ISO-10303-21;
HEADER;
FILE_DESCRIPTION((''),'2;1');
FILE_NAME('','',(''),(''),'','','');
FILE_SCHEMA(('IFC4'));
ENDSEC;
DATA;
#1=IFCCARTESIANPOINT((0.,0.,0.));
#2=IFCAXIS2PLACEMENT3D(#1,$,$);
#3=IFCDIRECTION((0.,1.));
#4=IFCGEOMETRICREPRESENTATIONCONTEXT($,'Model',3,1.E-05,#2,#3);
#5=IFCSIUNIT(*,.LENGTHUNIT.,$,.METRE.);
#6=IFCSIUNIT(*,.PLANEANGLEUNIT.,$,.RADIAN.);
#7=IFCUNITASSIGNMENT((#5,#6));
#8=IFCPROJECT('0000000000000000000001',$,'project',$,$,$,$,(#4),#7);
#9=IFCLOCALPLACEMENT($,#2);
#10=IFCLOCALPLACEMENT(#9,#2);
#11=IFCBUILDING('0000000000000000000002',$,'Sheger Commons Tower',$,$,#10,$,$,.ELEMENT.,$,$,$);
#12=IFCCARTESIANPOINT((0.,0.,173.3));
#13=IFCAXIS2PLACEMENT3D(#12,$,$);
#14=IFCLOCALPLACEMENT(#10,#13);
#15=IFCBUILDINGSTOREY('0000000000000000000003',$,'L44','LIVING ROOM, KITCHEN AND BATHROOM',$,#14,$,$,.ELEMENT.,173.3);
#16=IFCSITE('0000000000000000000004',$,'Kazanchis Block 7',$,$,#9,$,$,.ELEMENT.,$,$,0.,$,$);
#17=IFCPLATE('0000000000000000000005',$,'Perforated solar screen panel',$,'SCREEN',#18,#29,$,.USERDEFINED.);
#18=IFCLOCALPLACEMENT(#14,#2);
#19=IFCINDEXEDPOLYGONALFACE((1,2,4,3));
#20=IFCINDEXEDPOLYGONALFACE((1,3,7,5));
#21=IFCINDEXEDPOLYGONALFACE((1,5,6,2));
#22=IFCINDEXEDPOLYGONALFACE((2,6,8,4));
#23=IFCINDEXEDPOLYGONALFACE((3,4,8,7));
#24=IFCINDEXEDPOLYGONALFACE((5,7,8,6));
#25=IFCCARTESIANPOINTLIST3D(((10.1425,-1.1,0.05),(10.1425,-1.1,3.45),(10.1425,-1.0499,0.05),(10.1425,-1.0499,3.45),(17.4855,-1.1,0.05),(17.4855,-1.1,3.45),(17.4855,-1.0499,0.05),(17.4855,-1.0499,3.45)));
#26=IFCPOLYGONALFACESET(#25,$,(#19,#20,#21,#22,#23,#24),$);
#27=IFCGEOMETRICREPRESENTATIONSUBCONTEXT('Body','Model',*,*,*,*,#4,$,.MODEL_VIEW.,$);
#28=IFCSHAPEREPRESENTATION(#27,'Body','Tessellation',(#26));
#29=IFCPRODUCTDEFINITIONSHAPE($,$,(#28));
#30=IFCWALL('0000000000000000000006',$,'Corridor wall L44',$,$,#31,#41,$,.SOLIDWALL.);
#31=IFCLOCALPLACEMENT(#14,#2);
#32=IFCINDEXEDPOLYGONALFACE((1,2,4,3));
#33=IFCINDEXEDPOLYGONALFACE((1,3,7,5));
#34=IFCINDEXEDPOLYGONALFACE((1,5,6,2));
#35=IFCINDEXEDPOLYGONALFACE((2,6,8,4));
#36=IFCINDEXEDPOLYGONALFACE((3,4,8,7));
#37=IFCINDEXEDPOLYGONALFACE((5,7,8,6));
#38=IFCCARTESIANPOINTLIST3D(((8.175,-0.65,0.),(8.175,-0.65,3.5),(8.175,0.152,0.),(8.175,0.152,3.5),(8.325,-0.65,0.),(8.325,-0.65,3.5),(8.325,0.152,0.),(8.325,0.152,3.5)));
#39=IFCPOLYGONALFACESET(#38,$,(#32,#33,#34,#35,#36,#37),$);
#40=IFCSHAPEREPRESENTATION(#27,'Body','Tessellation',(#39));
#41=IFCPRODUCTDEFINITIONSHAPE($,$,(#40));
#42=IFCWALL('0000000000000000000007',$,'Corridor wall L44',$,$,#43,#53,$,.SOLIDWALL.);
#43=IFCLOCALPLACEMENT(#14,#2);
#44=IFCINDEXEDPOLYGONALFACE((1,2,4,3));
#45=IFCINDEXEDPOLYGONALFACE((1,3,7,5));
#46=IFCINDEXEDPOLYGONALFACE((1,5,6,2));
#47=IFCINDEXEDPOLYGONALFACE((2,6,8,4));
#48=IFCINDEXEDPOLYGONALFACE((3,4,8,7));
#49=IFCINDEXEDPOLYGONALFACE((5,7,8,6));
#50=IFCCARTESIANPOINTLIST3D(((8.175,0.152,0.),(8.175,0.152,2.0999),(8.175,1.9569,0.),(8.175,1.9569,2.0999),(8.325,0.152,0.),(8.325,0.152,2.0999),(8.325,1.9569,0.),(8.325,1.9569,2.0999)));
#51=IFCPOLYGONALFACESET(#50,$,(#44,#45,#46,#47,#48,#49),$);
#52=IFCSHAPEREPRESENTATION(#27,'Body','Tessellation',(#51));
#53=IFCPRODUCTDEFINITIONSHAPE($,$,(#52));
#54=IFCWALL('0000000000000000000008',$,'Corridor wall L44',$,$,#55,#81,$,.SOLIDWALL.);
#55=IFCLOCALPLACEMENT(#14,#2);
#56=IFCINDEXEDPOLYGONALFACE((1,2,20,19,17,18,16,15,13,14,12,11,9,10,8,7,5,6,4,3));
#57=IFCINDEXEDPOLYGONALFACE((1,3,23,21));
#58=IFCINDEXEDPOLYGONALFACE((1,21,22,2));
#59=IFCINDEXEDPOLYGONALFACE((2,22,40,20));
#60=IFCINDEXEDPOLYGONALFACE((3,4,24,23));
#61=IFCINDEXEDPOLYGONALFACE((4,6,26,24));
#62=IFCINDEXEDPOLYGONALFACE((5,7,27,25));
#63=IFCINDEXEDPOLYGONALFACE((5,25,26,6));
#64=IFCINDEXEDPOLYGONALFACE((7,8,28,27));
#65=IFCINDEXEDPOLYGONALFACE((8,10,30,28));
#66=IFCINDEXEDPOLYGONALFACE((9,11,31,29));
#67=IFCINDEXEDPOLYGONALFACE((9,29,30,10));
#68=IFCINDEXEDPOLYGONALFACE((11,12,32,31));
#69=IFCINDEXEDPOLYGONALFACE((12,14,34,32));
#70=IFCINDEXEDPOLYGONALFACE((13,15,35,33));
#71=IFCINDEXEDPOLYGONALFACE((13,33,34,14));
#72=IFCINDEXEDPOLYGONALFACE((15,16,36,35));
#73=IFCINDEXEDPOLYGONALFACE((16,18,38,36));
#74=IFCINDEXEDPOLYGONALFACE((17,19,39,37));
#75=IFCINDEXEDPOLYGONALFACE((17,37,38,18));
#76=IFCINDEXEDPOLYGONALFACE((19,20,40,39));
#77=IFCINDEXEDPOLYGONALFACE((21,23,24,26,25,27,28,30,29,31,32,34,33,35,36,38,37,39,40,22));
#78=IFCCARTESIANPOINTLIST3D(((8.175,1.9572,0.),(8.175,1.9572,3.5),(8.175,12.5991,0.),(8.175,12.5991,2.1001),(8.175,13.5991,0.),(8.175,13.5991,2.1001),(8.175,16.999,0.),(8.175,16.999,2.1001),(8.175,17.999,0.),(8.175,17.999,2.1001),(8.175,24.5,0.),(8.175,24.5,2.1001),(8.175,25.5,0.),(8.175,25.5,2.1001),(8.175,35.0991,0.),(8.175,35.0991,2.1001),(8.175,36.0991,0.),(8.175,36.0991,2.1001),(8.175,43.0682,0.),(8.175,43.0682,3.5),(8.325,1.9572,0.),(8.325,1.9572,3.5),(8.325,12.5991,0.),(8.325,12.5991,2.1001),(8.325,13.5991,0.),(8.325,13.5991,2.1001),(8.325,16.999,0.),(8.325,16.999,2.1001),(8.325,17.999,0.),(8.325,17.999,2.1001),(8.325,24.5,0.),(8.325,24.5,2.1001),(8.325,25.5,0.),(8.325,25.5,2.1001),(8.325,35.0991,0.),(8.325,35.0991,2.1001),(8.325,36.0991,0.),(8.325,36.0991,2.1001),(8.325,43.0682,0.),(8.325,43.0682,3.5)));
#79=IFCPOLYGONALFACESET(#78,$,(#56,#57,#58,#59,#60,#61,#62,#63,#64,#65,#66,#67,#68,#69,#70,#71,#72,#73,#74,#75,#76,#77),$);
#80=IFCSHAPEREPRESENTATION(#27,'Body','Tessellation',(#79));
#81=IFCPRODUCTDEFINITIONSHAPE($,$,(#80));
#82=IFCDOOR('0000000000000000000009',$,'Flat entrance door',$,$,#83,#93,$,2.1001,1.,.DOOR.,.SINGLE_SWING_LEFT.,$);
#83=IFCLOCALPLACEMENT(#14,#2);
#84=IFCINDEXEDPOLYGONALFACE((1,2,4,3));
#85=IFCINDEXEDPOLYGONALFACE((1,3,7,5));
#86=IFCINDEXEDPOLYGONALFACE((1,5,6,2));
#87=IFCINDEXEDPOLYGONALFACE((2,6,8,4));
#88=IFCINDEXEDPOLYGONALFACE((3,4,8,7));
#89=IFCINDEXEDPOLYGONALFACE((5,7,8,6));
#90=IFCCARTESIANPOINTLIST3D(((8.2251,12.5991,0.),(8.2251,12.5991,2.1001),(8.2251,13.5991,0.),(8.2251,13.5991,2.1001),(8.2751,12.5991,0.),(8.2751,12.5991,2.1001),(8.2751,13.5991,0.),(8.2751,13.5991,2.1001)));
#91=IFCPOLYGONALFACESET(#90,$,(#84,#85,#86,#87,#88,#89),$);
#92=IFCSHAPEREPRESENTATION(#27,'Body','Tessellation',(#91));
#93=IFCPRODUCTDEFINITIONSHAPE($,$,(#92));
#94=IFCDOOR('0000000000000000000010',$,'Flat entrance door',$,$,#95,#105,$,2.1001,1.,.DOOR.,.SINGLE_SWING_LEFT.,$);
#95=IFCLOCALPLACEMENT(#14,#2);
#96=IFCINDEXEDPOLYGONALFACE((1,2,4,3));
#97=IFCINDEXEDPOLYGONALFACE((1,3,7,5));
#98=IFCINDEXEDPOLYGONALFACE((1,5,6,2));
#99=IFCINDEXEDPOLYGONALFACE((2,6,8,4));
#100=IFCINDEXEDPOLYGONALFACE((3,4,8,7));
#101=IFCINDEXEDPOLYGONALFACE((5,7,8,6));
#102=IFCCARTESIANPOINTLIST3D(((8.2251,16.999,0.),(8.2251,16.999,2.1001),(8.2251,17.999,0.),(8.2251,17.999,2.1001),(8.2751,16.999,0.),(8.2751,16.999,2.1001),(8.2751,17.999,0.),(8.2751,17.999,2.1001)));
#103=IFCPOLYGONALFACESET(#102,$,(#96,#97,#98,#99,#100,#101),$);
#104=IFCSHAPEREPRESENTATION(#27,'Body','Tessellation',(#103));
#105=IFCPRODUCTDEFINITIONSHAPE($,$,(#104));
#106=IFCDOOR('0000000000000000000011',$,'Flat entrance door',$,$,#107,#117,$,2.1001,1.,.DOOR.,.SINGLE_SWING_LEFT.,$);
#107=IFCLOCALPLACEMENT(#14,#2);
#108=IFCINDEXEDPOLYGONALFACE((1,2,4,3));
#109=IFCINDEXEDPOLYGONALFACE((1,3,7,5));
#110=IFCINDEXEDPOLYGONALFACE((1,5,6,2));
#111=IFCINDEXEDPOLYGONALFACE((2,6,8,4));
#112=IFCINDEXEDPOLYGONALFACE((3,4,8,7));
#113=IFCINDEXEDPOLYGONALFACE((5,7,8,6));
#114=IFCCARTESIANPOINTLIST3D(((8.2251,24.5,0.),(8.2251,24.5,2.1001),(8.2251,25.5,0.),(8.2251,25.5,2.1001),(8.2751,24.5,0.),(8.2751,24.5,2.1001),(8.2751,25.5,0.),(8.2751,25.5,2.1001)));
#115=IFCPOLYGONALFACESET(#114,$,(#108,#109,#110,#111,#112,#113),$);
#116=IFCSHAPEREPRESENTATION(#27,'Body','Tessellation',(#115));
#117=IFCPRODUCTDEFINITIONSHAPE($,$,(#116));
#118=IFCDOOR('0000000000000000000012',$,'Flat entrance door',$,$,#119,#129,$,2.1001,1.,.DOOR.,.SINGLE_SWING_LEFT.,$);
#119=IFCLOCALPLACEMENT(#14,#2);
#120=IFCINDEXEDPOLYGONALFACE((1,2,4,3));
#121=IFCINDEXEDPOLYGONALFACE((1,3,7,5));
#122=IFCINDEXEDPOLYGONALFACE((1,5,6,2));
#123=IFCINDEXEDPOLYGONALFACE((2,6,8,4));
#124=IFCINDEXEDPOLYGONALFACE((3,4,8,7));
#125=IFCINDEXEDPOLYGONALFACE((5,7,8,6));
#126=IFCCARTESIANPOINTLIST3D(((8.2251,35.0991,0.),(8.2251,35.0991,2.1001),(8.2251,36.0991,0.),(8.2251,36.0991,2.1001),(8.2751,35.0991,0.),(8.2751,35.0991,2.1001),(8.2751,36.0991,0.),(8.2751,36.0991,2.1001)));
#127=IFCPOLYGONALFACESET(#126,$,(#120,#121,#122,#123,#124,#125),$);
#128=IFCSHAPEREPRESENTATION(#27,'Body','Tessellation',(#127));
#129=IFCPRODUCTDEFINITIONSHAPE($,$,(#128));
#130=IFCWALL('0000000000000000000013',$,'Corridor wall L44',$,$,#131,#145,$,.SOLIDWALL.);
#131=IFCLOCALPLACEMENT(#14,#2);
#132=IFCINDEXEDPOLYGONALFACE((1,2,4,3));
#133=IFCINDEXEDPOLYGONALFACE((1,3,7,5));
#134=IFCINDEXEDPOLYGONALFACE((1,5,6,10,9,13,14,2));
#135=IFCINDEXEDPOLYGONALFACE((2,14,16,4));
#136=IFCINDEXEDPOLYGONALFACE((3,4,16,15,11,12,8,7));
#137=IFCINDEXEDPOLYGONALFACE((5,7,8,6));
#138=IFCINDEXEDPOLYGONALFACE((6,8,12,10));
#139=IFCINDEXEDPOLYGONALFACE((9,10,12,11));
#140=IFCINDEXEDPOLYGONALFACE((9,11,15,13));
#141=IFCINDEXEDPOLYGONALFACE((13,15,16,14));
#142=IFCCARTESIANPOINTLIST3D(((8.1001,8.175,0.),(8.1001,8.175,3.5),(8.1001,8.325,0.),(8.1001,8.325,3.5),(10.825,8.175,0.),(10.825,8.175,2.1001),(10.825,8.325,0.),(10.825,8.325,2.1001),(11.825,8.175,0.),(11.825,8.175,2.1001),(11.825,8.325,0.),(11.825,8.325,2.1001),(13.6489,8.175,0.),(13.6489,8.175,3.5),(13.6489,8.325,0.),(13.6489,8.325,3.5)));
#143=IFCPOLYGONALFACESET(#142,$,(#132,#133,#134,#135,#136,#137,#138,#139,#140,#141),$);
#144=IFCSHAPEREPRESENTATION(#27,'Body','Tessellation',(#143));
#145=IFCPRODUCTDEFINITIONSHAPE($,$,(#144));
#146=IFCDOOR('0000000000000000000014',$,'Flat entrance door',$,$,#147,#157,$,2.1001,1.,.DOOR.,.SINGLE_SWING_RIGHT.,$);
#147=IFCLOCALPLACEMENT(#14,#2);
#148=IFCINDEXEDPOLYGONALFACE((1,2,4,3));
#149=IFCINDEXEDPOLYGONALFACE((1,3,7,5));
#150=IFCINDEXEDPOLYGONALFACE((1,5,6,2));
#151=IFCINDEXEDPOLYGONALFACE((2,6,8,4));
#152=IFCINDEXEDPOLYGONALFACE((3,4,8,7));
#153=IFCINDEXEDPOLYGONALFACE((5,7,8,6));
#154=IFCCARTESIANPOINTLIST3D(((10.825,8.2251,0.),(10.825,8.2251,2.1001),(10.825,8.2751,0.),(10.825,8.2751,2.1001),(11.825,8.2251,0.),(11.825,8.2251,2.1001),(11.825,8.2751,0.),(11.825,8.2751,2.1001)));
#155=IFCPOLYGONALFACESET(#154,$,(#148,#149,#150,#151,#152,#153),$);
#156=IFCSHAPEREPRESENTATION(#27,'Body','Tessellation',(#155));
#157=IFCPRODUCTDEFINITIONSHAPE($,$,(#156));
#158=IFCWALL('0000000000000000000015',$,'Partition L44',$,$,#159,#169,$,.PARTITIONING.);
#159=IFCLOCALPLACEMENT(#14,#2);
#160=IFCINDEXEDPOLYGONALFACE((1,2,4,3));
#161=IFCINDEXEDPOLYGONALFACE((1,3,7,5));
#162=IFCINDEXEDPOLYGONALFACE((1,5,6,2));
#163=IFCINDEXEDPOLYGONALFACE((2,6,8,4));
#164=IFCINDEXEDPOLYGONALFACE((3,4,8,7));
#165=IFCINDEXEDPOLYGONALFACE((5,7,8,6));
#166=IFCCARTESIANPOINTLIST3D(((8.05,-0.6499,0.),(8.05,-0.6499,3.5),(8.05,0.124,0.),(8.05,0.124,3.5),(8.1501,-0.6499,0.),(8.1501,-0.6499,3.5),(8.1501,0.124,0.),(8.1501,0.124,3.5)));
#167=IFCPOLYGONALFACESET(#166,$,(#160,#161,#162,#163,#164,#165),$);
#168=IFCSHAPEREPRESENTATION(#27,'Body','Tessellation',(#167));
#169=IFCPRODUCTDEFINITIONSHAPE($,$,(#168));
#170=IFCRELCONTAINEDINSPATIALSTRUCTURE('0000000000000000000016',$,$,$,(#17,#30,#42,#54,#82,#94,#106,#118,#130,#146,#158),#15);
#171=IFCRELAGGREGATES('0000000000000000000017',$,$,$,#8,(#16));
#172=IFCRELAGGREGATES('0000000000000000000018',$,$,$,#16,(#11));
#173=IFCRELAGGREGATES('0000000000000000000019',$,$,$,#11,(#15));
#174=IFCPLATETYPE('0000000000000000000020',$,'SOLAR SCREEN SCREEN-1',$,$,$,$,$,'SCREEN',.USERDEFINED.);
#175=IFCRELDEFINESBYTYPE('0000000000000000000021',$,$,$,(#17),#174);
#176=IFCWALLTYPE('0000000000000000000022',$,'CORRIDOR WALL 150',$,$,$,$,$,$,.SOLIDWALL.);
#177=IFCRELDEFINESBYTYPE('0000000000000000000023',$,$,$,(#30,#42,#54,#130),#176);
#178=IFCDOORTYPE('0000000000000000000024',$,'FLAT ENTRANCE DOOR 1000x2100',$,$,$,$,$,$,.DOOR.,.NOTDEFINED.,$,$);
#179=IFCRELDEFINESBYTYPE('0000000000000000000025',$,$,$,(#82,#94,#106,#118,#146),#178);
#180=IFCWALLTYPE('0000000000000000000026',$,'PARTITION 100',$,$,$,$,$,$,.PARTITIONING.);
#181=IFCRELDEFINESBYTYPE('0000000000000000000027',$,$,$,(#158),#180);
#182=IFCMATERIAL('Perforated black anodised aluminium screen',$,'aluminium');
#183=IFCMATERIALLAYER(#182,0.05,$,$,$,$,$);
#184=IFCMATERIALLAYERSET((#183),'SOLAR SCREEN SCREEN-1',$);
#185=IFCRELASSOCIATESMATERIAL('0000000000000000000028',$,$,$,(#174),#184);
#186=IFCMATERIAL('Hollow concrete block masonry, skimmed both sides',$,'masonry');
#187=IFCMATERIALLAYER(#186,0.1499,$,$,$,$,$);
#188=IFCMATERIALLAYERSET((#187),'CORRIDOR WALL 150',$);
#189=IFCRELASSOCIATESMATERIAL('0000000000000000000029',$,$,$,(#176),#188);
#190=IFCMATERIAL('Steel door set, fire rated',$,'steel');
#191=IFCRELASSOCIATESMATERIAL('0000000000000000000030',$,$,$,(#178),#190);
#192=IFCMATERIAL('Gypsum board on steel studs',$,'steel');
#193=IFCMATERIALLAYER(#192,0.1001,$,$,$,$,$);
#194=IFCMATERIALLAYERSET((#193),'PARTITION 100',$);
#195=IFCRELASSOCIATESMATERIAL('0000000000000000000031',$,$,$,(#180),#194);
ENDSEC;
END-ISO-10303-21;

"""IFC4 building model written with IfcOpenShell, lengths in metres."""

from ifc_helpers import new_model, si_unit, direction, frame, frame_2d, origin, origin_2d, place, context, subcontext, project, spatial, rectangle, extrude, material, layer, layer_set, type_object, element, fill, save


model = new_model("IFC4")

# Units and contexts
model_context = context("Model", 3, precision=1e-05, world=origin(), true_north=direction((0.0, 1.0)))
body_context = subcontext(model_context, "Body", "Model", "MODEL_VIEW")
ifc_project = project(units=[si_unit("LENGTHUNIT", "METRE"), si_unit("PLANEANGLEUNIT", "RADIAN")], contexts=[model_context])

# Site, building, storey
site_placement = place(None, origin())
site = spatial("IfcSite", under=ifc_project, at=site_placement, Name="Kazanchis Block 7", CompositionType="ELEMENT", RefElevation=0.0)
building_placement = place(site_placement, origin())
building = spatial("IfcBuilding", under=site, at=building_placement, Name="Sheger Commons Tower", CompositionType="ELEMENT")
storey_placement = place(building_placement, frame((0.0, 0.0, 173.3)))
storey = spatial("IfcBuildingStorey", under=building, at=storey_placement, Name="L44", Description="LIVING ROOM, KITCHEN AND BATHROOM", CompositionType="ELEMENT", Elevation=173.3)

# Plate
ifc_material_1 = material(Name="Perforated black anodised aluminium screen", Category="aluminium")
ifc_layer_1 = layer(ifc_material_1, 0.05)
ifc_layer_set_1 = layer_set([ifc_layer_1], Name="SOLAR SCREEN SCREEN-1")
plate_type = type_object("IfcPlateType", Name="SOLAR SCREEN SCREEN-1", ElementType="SCREEN", PredefinedType="USERDEFINED", material=ifc_layer_set_1)
plate_placement = place(storey_placement, frame((13.814, -1.075, 0.05), z_axis=(0.0, 0.0, 1.0), x_axis=(1.0, 0.0, 0.0)))
element("IfcPlate", 1, at=plate_placement, inside=storey, type_object=plate_type, Name="Perforated solar screen panel", ObjectType="SCREEN", PredefinedType="USERDEFINED", context=body_context, shape_type="SweptSolid", body=[
    extrude(rectangle(XDim=7.343, YDim=0.05, at=origin_2d()), origin(), (0.0, 0.0, 1.0), 3.3999),
])

# Walls
ifc_material_2 = material(Name="Hollow concrete block masonry, skimmed both sides", Category="masonry")
ifc_layer_2 = layer(ifc_material_2, 0.1499)
ifc_layer_set_2 = layer_set([ifc_layer_2], Name="CORRIDOR WALL 150")
wall_type_1 = type_object("IfcWallType", Name="CORRIDOR WALL 150", PredefinedType="SOLIDWALL", material=ifc_layer_set_2)
wall_1_placement = place(storey_placement, frame((8.25, -0.6499, 0.0), z_axis=(0.0, 0.0, 1.0), x_axis=(0.0, 1.0, 0.0)))
element("IfcWall", 2, at=wall_1_placement, inside=storey, type_object=wall_type_1, Name="Corridor wall L44", PredefinedType="SOLIDWALL", context=body_context, shape_type="SweptSolid", body=[
    extrude(rectangle(XDim=0.802, YDim=0.1499, at=frame_2d((0.4009, 0.0))), origin(), (0.0, 0.0, 1.0), 3.5),
])
wall_2_placement = place(storey_placement, frame((8.25, 0.1521, 0.0), z_axis=(0.0, 0.0, 1.0), x_axis=(0.0, 1.0, 0.0)))
element("IfcWall", 3, at=wall_2_placement, inside=storey, type_object=wall_type_1, Name="Corridor wall L44", PredefinedType="SOLIDWALL", context=body_context, shape_type="SweptSolid", body=[
    extrude(rectangle(XDim=1.8049, YDim=0.1499, at=frame_2d((0.9023, 0.0))), origin(), (0.0, 0.0, 1.0), 2.0999),
])

# Wall, openings, doors
wall_3_placement = place(storey_placement, frame((8.25, 1.957, 0.0), z_axis=(0.0, 0.0, 1.0), x_axis=(0.0, 1.0, 0.0)))
wall_3 = element("IfcWall", 4, at=wall_3_placement, inside=storey, type_object=wall_type_1, Name="Corridor wall L44", PredefinedType="SOLIDWALL", context=body_context, shape_type="SweptSolid", body=[
    extrude(rectangle(XDim=41.1111, YDim=0.1499, at=frame_2d((20.5557, 0.0))), origin(), (0.0, 0.0, 1.0), 3.5),
])
opening_1_placement = place(wall_3_placement, frame((10.6421, 0.0, 0.0)))
opening_1 = element("IfcOpeningElement", 5, at=opening_1_placement, cuts=wall_3, PredefinedType="OPENING", context=body_context, shape_type="SweptSolid", body=[
    extrude(rectangle(XDim=1.0, YDim=2.1001, at=frame_2d((0.5, 1.05))), frame((0.0, 0.085, 0.0), z_axis=(0.0, -1.0, 0.0), x_axis=(1.0, 0.0, 0.0)), (0.0, 0.0, 1.0), 0.1699),
])
opening_2_placement = place(wall_3_placement, frame((15.042, 0.0, 0.0)))
opening_2 = element("IfcOpeningElement", 6, at=opening_2_placement, cuts=wall_3, PredefinedType="OPENING", context=body_context, shape_type="SweptSolid", body=[
    extrude(rectangle(XDim=1.0, YDim=2.1001, at=frame_2d((0.5, 1.05))), frame((0.0, 0.085, 0.0), z_axis=(0.0, -1.0, 0.0), x_axis=(1.0, 0.0, 0.0)), (0.0, 0.0, 1.0), 0.1699),
])
opening_3_placement = place(wall_3_placement, frame((22.543, 0.0, 0.0)))
opening_3 = element("IfcOpeningElement", 7, at=opening_3_placement, cuts=wall_3, PredefinedType="OPENING", context=body_context, shape_type="SweptSolid", body=[
    extrude(rectangle(XDim=1.0, YDim=2.1001, at=frame_2d((0.5, 1.05))), frame((0.0, 0.085, 0.0), z_axis=(0.0, -1.0, 0.0), x_axis=(1.0, 0.0, 0.0)), (0.0, 0.0, 1.0), 0.1699),
])
opening_4_placement = place(wall_3_placement, frame((33.1421, 0.0, 0.0)))
opening_4 = element("IfcOpeningElement", 8, at=opening_4_placement, cuts=wall_3, PredefinedType="OPENING", context=body_context, shape_type="SweptSolid", body=[
    extrude(rectangle(XDim=1.0, YDim=2.1001, at=frame_2d((0.5, 1.05))), frame((0.0, 0.085, 0.0), z_axis=(0.0, -1.0, 0.0), x_axis=(1.0, 0.0, 0.0)), (0.0, 0.0, 1.0), 0.1699),
])
ifc_material_3 = material(Name="Steel door set, fire rated", Category="steel")
door_type_1 = type_object("IfcDoorType", Name="FLAT ENTRANCE DOOR 1000x2100", OperationType="NOTDEFINED", PredefinedType="DOOR", material=ifc_material_3)
door_1_placement = place(opening_1_placement, origin())
door_1 = element("IfcDoor", 9, at=door_1_placement, inside=storey, type_object=door_type_1, Name="Flat entrance door", OperationType="SINGLE_SWING_LEFT", OverallHeight=2.1001, OverallWidth=1.0, PredefinedType="DOOR", context=body_context, shape_type="SweptSolid", body=[
    extrude(rectangle(XDim=1.0, YDim=2.1001, at=frame_2d((0.5, 1.05))), frame((0.0, 0.0249, 0.0), z_axis=(0.0, -1.0, 0.0), x_axis=(1.0, 0.0, 0.0)), (0.0, 0.0, 1.0), 0.05),
])
fill(opening_1, door_1)
door_2_placement = place(opening_2_placement, origin())
door_2 = element("IfcDoor", 10, at=door_2_placement, inside=storey, type_object=door_type_1, Name="Flat entrance door", OperationType="SINGLE_SWING_LEFT", OverallHeight=2.1001, OverallWidth=1.0, PredefinedType="DOOR", context=body_context, shape_type="SweptSolid", body=[
    extrude(rectangle(XDim=1.0, YDim=2.1001, at=frame_2d((0.5, 1.05))), frame((0.0, 0.0249, 0.0), z_axis=(0.0, -1.0, 0.0), x_axis=(1.0, 0.0, 0.0)), (0.0, 0.0, 1.0), 0.05),
])
fill(opening_2, door_2)
door_3_placement = place(opening_3_placement, origin())
door_3 = element("IfcDoor", 11, at=door_3_placement, inside=storey, type_object=door_type_1, Name="Flat entrance door", OperationType="SINGLE_SWING_LEFT", OverallHeight=2.1001, OverallWidth=1.0, PredefinedType="DOOR", context=body_context, shape_type="SweptSolid", body=[
    extrude(rectangle(XDim=1.0, YDim=2.1001, at=frame_2d((0.5, 1.05))), frame((0.0, 0.0249, 0.0), z_axis=(0.0, -1.0, 0.0), x_axis=(1.0, 0.0, 0.0)), (0.0, 0.0, 1.0), 0.05),
])
fill(opening_3, door_3)
door_4_placement = place(opening_4_placement, origin())
door_4 = element("IfcDoor", 12, at=door_4_placement, inside=storey, type_object=door_type_1, Name="Flat entrance door", OperationType="SINGLE_SWING_LEFT", OverallHeight=2.1001, OverallWidth=1.0, PredefinedType="DOOR", context=body_context, shape_type="SweptSolid", body=[
    extrude(rectangle(XDim=1.0, YDim=2.1001, at=frame_2d((0.5, 1.05))), frame((0.0, 0.0249, 0.0), z_axis=(0.0, -1.0, 0.0), x_axis=(1.0, 0.0, 0.0)), (0.0, 0.0, 1.0), 0.05),
])
fill(opening_4, door_4)

# Wall, opening, door
wall_4_placement = place(storey_placement, frame((13.6489, 8.25, 0.0), z_axis=(0.0, 0.0, 1.0), x_axis=(-1.0, 0.0, 0.0)))
wall_4 = element("IfcWall", 13, at=wall_4_placement, inside=storey, type_object=wall_type_1, Name="Corridor wall L44", PredefinedType="SOLIDWALL", context=body_context, shape_type="SweptSolid", body=[
    extrude(rectangle(XDim=5.5488, YDim=0.1499, at=frame_2d((2.7744, 0.0))), origin(), (0.0, 0.0, 1.0), 3.5),
])
opening_5_placement = place(wall_4_placement, frame((1.824, 0.0, 0.0)))
opening_5 = element("IfcOpeningElement", 14, at=opening_5_placement, cuts=wall_4, PredefinedType="OPENING", context=body_context, shape_type="SweptSolid", body=[
    extrude(rectangle(XDim=1.0, YDim=2.1001, at=frame_2d((0.5, 1.05))), frame((0.0, 0.085, 0.0), z_axis=(0.0, -1.0, 0.0), x_axis=(1.0, 0.0, 0.0)), (0.0, 0.0, 1.0), 0.1699),
])
door_5_placement = place(opening_5_placement, origin())
door_5 = element("IfcDoor", 15, at=door_5_placement, inside=storey, type_object=door_type_1, Name="Flat entrance door", OperationType="SINGLE_SWING_RIGHT", OverallHeight=2.1001, OverallWidth=1.0, PredefinedType="DOOR", context=body_context, shape_type="SweptSolid", body=[
    extrude(rectangle(XDim=1.0, YDim=2.1001, at=frame_2d((0.5, 1.05))), frame((0.0, 0.0249, 0.0), z_axis=(0.0, -1.0, 0.0), x_axis=(1.0, 0.0, 0.0)), (0.0, 0.0, 1.0), 0.05),
])
fill(opening_5, door_5)

# Wall
ifc_material_4 = material(Name="Gypsum board on steel studs", Category="steel")
ifc_layer_3 = layer(ifc_material_4, 0.1001)
ifc_layer_set_3 = layer_set([ifc_layer_3], Name="PARTITION 100")
wall_type_2 = type_object("IfcWallType", Name="PARTITION 100", PredefinedType="PARTITIONING", material=ifc_layer_set_3)
wall_5_placement = place(storey_placement, frame((8.1001, 0.124, 0.0), z_axis=(0.0, 0.0, 1.0), x_axis=(0.0, -1.0, 0.0)))
element("IfcWall", 16, at=wall_5_placement, inside=storey, type_object=wall_type_2, Name="Partition L44", PredefinedType="PARTITIONING", context=body_context, shape_type="SweptSolid", body=[
    extrude(rectangle(XDim=0.7739, YDim=0.1001, at=frame_2d((0.387, 0.0))), origin(), (0.0, 0.0, 1.0), 3.5),
])

save(model, "model.ifc")
